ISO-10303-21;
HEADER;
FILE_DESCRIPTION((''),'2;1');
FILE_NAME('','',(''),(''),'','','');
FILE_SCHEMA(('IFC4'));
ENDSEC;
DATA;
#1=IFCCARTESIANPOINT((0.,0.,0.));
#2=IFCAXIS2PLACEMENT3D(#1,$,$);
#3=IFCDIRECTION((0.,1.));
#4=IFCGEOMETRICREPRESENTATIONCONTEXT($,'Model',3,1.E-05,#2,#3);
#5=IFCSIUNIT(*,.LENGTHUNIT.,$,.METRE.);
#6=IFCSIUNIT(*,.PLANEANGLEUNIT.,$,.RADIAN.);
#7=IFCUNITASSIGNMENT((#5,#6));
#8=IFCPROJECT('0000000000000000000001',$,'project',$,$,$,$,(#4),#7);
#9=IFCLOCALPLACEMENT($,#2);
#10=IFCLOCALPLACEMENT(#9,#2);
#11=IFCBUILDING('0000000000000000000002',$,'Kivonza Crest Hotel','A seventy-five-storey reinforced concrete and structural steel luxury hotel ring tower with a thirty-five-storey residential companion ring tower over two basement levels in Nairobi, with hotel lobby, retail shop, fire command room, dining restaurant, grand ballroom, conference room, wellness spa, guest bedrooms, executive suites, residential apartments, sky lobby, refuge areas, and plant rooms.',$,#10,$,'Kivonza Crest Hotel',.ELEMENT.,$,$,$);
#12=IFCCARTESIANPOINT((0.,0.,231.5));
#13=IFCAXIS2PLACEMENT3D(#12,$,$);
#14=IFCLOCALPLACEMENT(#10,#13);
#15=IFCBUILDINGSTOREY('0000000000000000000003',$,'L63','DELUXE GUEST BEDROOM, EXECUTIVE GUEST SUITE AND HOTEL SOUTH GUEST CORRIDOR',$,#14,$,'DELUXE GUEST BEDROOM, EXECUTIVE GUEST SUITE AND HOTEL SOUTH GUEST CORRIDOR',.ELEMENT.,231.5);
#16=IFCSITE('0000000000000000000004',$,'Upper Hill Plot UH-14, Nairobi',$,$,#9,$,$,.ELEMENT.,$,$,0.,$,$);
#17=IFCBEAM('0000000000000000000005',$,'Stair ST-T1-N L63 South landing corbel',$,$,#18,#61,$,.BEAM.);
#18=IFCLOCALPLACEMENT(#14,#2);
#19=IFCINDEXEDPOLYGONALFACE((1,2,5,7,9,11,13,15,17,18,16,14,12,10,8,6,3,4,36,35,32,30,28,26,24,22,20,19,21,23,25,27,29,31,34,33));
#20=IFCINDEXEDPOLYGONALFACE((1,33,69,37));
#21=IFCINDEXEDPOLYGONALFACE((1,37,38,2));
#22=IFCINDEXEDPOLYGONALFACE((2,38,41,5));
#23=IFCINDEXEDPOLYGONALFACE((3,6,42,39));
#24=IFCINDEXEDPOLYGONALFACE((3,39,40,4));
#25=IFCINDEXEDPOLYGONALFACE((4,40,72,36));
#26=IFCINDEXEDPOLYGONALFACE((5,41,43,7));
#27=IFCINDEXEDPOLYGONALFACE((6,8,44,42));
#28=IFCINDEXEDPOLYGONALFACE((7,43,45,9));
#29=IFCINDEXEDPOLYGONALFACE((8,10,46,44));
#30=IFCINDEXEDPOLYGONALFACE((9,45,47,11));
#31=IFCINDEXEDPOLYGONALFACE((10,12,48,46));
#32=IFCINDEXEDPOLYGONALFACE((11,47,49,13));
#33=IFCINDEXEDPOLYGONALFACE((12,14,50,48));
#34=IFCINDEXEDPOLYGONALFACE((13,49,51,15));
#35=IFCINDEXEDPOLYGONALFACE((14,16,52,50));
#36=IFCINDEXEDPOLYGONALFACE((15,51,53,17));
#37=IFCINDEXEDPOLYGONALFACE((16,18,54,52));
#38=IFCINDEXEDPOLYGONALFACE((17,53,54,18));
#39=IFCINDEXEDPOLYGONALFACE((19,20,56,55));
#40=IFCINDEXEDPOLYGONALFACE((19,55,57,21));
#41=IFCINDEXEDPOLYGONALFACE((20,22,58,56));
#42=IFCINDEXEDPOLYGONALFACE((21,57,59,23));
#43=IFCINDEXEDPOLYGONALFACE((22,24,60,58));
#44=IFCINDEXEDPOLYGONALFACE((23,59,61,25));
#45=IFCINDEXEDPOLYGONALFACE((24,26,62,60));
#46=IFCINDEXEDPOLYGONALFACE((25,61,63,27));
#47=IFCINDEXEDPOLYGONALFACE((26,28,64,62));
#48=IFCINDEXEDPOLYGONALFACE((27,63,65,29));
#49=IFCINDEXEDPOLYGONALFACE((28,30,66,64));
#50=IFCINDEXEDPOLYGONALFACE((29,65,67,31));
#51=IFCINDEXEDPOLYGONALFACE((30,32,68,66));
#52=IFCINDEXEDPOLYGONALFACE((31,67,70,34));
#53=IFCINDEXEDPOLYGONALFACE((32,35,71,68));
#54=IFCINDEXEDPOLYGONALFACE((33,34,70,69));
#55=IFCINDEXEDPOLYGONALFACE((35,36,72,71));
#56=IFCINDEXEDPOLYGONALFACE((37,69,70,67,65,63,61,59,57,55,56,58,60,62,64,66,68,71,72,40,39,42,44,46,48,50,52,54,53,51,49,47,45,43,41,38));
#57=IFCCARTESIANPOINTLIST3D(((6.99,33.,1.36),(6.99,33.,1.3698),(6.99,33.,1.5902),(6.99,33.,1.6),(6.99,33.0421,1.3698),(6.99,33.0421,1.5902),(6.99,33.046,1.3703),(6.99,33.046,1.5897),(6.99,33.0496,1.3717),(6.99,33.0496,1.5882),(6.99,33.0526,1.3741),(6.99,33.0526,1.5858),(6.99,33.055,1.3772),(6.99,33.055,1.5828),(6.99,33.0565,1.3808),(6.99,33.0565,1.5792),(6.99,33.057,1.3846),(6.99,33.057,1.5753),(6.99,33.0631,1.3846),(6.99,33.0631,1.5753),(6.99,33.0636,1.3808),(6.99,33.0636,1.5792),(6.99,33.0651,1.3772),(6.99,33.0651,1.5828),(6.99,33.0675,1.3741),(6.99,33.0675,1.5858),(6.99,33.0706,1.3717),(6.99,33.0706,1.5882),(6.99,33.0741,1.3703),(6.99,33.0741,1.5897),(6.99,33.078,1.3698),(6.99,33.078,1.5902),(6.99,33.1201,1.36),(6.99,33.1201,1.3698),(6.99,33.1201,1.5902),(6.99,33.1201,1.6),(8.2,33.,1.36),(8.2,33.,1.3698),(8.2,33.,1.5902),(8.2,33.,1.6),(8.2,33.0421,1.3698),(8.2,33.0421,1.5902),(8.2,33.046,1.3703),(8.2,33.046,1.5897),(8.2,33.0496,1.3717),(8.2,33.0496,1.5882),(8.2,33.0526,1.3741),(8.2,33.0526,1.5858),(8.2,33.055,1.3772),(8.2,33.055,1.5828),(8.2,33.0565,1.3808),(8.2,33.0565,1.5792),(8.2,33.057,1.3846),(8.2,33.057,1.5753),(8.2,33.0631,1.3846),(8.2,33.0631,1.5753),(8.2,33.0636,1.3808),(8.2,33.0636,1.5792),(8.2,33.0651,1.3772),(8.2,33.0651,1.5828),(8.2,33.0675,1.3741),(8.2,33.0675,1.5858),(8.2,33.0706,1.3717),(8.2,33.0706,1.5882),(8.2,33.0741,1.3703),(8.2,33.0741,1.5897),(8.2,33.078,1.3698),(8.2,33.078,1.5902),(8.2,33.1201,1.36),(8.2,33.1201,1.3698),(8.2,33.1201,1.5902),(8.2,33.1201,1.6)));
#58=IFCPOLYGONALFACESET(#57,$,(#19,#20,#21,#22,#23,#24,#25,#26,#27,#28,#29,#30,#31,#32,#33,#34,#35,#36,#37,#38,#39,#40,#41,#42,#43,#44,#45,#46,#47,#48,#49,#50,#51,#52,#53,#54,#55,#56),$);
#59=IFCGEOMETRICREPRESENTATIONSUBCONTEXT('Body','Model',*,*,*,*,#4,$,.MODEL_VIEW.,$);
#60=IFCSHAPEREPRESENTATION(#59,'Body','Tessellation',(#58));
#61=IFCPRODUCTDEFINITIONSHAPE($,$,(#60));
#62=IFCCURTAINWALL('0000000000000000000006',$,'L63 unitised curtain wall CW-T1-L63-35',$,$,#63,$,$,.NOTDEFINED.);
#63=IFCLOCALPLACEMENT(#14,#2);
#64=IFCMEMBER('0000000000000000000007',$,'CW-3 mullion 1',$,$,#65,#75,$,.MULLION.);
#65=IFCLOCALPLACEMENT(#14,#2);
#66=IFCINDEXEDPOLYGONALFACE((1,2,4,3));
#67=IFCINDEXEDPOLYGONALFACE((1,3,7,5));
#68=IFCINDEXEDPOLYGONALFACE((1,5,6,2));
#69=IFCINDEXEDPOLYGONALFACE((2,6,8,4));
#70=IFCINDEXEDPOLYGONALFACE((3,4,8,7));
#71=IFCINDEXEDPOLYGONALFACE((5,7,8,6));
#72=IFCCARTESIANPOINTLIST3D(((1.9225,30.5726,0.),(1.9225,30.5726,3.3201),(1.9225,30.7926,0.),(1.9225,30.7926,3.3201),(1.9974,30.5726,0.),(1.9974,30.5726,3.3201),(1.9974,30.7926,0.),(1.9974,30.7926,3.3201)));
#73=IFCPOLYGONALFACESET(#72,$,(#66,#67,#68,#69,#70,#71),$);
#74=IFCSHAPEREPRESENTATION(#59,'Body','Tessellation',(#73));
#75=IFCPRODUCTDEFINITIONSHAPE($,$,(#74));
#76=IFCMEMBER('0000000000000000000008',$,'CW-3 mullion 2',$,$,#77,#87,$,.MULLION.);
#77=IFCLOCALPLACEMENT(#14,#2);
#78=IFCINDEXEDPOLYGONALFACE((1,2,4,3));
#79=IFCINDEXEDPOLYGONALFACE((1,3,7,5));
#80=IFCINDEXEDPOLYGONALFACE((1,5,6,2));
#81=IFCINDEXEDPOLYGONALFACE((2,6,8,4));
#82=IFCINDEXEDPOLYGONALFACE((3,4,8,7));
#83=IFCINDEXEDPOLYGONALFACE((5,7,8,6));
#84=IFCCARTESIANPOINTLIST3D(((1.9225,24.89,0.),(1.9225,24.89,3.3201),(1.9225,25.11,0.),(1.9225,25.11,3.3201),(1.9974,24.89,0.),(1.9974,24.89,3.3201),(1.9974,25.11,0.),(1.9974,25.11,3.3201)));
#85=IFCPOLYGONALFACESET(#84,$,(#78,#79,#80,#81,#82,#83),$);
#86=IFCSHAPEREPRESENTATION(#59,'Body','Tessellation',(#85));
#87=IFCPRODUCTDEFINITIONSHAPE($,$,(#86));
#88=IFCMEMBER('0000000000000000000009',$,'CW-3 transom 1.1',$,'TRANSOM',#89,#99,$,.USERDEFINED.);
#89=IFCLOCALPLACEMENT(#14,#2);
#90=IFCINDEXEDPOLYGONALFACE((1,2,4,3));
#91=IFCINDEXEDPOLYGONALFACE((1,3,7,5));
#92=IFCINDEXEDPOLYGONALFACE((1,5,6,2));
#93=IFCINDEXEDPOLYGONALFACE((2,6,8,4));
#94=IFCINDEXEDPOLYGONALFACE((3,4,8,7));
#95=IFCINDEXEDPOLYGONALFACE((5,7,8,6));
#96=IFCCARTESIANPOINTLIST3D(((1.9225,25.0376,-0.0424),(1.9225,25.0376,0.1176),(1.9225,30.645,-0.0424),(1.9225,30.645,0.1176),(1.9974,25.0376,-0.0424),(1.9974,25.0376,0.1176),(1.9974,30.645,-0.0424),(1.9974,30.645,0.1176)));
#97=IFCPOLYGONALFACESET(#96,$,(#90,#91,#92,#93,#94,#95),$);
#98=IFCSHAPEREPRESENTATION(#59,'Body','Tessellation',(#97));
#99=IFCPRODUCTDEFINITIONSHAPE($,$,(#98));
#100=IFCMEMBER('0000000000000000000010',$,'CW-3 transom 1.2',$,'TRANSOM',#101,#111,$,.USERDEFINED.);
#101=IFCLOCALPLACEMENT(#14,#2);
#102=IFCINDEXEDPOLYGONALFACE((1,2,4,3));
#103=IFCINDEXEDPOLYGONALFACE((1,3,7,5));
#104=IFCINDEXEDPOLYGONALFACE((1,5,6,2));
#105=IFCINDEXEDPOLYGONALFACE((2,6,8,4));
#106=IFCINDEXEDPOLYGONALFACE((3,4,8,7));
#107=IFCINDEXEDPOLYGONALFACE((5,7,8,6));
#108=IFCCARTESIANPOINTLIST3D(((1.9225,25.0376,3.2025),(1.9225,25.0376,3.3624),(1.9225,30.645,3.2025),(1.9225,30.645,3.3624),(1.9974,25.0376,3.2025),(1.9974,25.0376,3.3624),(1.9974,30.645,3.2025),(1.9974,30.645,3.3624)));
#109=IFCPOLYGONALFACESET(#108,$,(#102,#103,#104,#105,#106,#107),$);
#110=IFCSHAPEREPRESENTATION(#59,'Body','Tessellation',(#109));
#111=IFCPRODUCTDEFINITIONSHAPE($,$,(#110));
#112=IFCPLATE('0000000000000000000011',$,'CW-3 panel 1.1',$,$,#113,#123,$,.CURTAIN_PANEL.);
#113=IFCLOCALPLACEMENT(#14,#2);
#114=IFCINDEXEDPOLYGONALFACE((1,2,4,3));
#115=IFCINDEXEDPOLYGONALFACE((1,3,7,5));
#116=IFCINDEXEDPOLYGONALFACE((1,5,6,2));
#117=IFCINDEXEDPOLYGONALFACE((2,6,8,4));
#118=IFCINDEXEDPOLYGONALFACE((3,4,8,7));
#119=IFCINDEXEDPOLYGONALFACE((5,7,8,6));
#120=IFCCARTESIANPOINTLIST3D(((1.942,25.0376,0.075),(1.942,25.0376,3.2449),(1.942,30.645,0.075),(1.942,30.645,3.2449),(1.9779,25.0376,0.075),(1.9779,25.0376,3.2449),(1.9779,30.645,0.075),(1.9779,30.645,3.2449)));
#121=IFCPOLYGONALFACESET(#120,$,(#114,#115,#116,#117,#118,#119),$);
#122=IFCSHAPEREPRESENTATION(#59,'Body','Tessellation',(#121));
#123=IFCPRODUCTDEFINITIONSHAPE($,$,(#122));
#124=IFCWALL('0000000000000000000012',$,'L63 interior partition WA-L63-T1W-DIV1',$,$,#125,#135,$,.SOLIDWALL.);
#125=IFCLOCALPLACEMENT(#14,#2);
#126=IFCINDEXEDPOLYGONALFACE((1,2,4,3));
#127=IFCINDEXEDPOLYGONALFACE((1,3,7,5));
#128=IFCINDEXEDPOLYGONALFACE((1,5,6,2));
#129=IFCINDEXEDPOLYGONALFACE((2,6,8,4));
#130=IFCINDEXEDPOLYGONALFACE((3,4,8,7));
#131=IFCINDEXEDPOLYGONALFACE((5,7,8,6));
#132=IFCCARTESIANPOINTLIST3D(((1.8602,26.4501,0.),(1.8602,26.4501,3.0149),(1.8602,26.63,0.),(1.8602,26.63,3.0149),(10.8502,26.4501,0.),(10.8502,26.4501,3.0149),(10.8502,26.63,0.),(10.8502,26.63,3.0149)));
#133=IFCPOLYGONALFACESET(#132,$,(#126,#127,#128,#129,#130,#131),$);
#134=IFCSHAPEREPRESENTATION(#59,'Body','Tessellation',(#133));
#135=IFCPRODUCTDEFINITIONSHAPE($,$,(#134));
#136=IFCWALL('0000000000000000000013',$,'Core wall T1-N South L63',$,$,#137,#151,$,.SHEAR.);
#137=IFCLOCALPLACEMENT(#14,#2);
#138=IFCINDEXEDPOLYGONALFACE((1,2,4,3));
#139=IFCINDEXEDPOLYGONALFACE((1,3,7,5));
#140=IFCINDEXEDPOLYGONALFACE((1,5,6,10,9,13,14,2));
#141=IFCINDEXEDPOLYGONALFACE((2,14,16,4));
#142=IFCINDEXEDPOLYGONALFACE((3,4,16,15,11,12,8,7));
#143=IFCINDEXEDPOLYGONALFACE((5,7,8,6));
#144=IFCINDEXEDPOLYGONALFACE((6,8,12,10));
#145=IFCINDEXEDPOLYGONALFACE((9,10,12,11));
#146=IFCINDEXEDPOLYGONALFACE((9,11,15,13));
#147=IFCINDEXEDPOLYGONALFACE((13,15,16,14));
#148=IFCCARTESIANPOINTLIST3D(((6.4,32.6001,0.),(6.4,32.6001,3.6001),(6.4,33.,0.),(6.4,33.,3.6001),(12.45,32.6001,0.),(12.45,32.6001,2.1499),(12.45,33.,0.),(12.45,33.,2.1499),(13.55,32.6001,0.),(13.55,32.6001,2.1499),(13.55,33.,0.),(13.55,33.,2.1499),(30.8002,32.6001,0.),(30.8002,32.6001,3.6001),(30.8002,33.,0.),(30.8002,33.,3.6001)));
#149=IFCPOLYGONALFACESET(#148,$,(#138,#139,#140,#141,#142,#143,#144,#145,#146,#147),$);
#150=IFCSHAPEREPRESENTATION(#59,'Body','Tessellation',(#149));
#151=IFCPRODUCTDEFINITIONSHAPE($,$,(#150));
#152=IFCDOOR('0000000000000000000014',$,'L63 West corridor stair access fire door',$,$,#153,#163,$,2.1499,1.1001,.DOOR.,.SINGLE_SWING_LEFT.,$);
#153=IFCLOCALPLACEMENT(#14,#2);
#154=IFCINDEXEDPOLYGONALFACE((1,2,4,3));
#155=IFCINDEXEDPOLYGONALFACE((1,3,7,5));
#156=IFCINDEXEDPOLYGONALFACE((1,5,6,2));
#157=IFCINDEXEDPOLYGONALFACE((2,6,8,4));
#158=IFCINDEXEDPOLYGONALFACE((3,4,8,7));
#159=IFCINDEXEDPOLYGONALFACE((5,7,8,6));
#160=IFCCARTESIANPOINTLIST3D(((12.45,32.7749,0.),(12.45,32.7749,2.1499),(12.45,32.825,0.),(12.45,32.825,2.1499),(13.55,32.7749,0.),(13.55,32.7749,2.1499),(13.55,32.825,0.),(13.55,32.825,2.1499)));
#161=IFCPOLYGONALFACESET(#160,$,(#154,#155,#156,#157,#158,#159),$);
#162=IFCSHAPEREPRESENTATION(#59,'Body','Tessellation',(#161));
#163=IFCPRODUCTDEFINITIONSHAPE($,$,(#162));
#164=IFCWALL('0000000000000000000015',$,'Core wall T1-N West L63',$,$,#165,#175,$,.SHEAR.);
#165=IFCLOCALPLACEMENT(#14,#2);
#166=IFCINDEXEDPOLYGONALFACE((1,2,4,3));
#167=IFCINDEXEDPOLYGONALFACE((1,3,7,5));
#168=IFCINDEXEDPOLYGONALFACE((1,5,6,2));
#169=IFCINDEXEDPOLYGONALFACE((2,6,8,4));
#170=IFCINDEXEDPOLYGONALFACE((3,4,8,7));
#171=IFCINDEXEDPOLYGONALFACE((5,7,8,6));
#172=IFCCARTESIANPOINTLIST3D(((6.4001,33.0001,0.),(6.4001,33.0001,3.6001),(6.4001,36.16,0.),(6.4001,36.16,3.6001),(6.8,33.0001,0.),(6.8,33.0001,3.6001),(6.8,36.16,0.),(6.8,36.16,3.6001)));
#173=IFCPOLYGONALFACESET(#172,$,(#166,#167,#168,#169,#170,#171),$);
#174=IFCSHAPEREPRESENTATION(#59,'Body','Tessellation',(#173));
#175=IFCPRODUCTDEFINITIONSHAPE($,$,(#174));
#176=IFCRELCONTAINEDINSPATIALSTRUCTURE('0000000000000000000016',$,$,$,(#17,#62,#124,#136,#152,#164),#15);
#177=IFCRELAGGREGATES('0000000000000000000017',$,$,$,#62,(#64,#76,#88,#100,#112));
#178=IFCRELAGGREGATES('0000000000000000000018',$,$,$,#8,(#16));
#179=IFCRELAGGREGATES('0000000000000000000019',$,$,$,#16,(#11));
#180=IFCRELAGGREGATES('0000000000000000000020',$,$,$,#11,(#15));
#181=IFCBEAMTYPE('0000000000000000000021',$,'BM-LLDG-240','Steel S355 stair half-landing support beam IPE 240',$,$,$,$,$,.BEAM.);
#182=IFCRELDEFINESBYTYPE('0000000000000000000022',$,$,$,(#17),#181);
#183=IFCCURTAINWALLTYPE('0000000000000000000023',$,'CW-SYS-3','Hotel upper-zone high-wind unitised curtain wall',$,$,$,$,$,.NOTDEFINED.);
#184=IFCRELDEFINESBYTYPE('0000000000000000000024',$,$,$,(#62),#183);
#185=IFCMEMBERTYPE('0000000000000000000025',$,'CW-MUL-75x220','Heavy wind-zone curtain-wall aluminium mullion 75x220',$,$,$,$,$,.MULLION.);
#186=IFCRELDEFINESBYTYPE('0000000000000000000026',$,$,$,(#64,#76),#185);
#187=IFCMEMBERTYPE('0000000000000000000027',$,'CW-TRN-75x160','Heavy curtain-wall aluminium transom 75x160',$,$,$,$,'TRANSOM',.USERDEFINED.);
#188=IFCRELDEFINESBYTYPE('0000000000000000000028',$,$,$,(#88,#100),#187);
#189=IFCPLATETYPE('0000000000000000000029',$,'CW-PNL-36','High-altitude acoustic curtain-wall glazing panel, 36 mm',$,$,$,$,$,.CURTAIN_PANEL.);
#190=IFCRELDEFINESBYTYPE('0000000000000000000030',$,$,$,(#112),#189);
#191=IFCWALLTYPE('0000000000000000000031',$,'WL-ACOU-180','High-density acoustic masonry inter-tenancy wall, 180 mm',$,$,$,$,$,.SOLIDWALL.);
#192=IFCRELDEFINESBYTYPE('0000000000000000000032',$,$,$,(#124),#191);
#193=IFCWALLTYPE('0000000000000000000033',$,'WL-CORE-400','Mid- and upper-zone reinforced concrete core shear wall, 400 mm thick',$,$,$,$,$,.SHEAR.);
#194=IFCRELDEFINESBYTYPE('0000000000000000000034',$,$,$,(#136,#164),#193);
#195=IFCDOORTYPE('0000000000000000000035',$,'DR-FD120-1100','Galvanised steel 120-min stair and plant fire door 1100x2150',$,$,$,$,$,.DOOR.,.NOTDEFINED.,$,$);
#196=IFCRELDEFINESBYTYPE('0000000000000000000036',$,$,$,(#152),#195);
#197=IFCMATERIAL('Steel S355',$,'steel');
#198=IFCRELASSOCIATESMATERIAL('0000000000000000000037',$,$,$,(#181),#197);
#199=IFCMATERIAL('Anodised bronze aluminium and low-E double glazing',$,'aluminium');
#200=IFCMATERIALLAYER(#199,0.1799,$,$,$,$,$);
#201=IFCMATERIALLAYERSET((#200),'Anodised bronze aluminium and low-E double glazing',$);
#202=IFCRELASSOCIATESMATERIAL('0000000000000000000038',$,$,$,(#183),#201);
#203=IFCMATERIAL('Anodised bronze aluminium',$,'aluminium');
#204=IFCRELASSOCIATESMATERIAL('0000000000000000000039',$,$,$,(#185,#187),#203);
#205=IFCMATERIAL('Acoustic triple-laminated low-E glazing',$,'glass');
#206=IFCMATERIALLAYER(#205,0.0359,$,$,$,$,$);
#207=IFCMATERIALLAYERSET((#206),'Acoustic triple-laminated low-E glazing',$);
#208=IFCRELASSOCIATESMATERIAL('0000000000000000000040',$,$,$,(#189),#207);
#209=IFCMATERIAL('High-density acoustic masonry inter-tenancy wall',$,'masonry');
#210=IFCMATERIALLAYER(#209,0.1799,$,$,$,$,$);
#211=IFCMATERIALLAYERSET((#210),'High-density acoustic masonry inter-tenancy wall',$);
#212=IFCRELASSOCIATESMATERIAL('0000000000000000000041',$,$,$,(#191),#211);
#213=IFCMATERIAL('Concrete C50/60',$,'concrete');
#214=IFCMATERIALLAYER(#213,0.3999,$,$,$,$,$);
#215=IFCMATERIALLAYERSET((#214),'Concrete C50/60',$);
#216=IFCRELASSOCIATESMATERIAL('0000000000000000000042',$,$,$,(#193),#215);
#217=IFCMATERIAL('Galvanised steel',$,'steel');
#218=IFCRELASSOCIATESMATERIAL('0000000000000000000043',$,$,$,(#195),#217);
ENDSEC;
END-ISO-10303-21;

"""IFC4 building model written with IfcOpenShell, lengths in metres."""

from ifc_helpers import new_model, si_unit, direction, frame, frame_2d, origin, origin_2d, place, context, subcontext, project, spatial, rectangle, i_section, extrude, material, layer, layer_set, material_profile, profile_set, type_object, element, fill, aggregate, save


model = new_model("IFC4")

# Units and contexts
model_context = context("Model", 3, precision=1e-05, world=origin(), true_north=direction((0.0, 1.0)))
body_context = subcontext(model_context, "Body", "Model", "MODEL_VIEW")
ifc_project = project(units=[si_unit("LENGTHUNIT", "METRE"), si_unit("PLANEANGLEUNIT", "RADIAN")], contexts=[model_context])

# Site, building, storey
site_placement = place(None, origin())
site = spatial("IfcSite", under=ifc_project, at=site_placement, Name="Upper Hill Plot UH-14, Nairobi", CompositionType="ELEMENT", RefElevation=0.0)
building_placement = place(site_placement, origin())
building = spatial("IfcBuilding", under=site, at=building_placement, Name="Kivonza Crest Hotel", Description="A seventy-five-storey reinforced concrete and structural steel luxury hotel ring tower with a thirty-five-storey residential companion ring tower over two basement levels in Nairobi, with hotel lobby, retail shop, fire command room, dining restaurant, grand ballroom, conference room, wellness spa, guest bedrooms, executive suites, residential apartments, sky lobby, refuge areas, and plant rooms.", LongName="Kivonza Crest Hotel", CompositionType="ELEMENT")
storey_placement = place(building_placement, frame((0.0, 0.0, 231.5)))
storey = spatial("IfcBuildingStorey", under=building, at=storey_placement, Name="L63", Description="DELUXE GUEST BEDROOM, EXECUTIVE GUEST SUITE AND HOTEL SOUTH GUEST CORRIDOR", LongName="DELUXE GUEST BEDROOM, EXECUTIVE GUEST SUITE AND HOTEL SOUTH GUEST CORRIDOR", CompositionType="ELEMENT", Elevation=231.5)

# Shared definitions
ifc_material_1 = material(Name="Concrete C50/60", Category="concrete")

# Beam
ifc_material_2 = material(Name="Steel S355", Category="steel")
ifc_material_profile_1 = material_profile(ifc_material_2, i_section(OverallWidth=0.1201, OverallDepth=0.24, WebThickness=0.0061, FlangeThickness=0.0098, FilletRadius=0.0149, at=origin_2d()), Name="IPE 240")
ifc_profile_set_1 = profile_set([ifc_material_profile_1], Name="Steel S355")
beam_type_1 = type_object("IfcBeamType", Name="BM-LLDG-240", Description="Steel S355 stair half-landing support beam IPE 240", PredefinedType="BEAM", material=ifc_profile_set_1)
beam_1_placement = place(storey_placement, frame((6.99, 33.0601, 1.48), z_axis=(1.0, 0.0, 0.0), x_axis=(0.0, 1.0, 0.0)))
element("IfcBeam", 1, at=beam_1_placement, inside=storey, type_object=beam_type_1, Name="Stair ST-T1-N L63 South landing corbel", PredefinedType="BEAM", context=body_context, shape_type="SweptSolid", body=[
    extrude(i_section(OverallWidth=0.1201, OverallDepth=0.24, WebThickness=0.0061, FlangeThickness=0.0098, FilletRadius=0.0149, at=origin_2d()), origin(), (0.0, 0.0, 1.0), 1.21),
])

# Curtain wall, members, plate
ifc_material_3 = material(Name="Anodised bronze aluminium and low-E double glazing", Category="aluminium")
ifc_layer_1 = layer(ifc_material_3, 0.1799)
ifc_layer_set_1 = layer_set([ifc_layer_1], Name="Anodised bronze aluminium and low-E double glazing")
curtain_wall_type = type_object("IfcCurtainWallType", Name="CW-SYS-3", Description="Hotel upper-zone high-wind unitised curtain wall", PredefinedType="NOTDEFINED", material=ifc_layer_set_1)
curtain_wall_placement = place(storey_placement, origin())
curtain_wall = element("IfcCurtainWall", 2, at=curtain_wall_placement, inside=storey, type_object=curtain_wall_type, Name="L63 unitised curtain wall CW-T1-L63-35", PredefinedType="NOTDEFINED")
ifc_material_4 = material(Name="Anodised bronze aluminium", Category="aluminium")
ifc_material_profile_2 = material_profile(ifc_material_4, rectangle(XDim=0.075, YDim=0.22, at=origin_2d()), Name="CW-M 75x220")
ifc_profile_set_2 = profile_set([ifc_material_profile_2], Name="Anodised bronze aluminium")
member_type_1 = type_object("IfcMemberType", Name="CW-MUL-75x220", Description="Heavy wind-zone curtain-wall aluminium mullion 75x220", PredefinedType="MULLION", material=ifc_profile_set_2)
member_1_placement = place(storey_placement, frame((1.96, 30.6826, 0.0), z_axis=(0.0, 0.0, 1.0), x_axis=(1.0, 0.0, 0.0)))
member_1 = element("IfcMember", 3, at=member_1_placement, type_object=member_type_1, Name="CW-3 mullion 1", PredefinedType="MULLION", context=body_context, shape_type="SweptSolid", body=[
    extrude(rectangle(XDim=0.075, YDim=0.22, at=origin_2d()), origin(), (0.0, 0.0, 1.0), 3.3201),
])
member_2_placement = place(storey_placement, frame((1.96, 25.0, 0.0), z_axis=(0.0, 0.0, 1.0), x_axis=(1.0, 0.0, 0.0)))
member_2 = element("IfcMember", 4, at=member_2_placement, type_object=member_type_1, Name="CW-3 mullion 2", PredefinedType="MULLION", context=body_context, shape_type="SweptSolid", body=[
    extrude(rectangle(XDim=0.075, YDim=0.22, at=origin_2d()), origin(), (0.0, 0.0, 1.0), 3.3201),
])
ifc_material_profile_3 = material_profile(ifc_material_4, rectangle(XDim=0.075, YDim=0.1599, at=origin_2d()), Name="CW-T 75x160")
ifc_profile_set_3 = profile_set([ifc_material_profile_3], Name="Anodised bronze aluminium")
member_type_2 = type_object("IfcMemberType", Name="CW-TRN-75x160", Description="Heavy curtain-wall aluminium transom 75x160", ElementType="TRANSOM", PredefinedType="USERDEFINED", material=ifc_profile_set_3)
member_3_placement = place(storey_placement, frame((1.96, 30.645, 0.0376), z_axis=(0.0, -1.0, 0.0), x_axis=(1.0, 0.0, 0.0)))
member_3 = element("IfcMember", 5, at=member_3_placement, type_object=member_type_2, Name="CW-3 transom 1.1", ObjectType="TRANSOM", PredefinedType="USERDEFINED", context=body_context, shape_type="SweptSolid", body=[
    extrude(rectangle(XDim=0.075, YDim=0.1599, at=origin_2d()), origin(), (0.0, 0.0, 1.0), 5.6074),
])
member_4_placement = place(storey_placement, frame((1.96, 30.645, 3.2825), z_axis=(0.0, -1.0, 0.0), x_axis=(1.0, 0.0, 0.0)))
member_4 = element("IfcMember", 6, at=member_4_placement, type_object=member_type_2, Name="CW-3 transom 1.2", ObjectType="TRANSOM", PredefinedType="USERDEFINED", context=body_context, shape_type="SweptSolid", body=[
    extrude(rectangle(XDim=0.075, YDim=0.1599, at=origin_2d()), origin(), (0.0, 0.0, 1.0), 5.6074),
])
ifc_material_5 = material(Name="Acoustic triple-laminated low-E glazing", Category="glass")
ifc_layer_2 = layer(ifc_material_5, 0.0359)
ifc_layer_set_2 = layer_set([ifc_layer_2], Name="Acoustic triple-laminated low-E glazing")
plate_type = type_object("IfcPlateType", Name="CW-PNL-36", Description="High-altitude acoustic curtain-wall glazing panel, 36 mm", PredefinedType="CURTAIN_PANEL", material=ifc_layer_set_2)
plate_placement = place(storey_placement, frame((1.96, 27.8413, 0.075), z_axis=(0.0, 0.0, 1.0), x_axis=(0.0, -1.0, 0.0)))
plate = element("IfcPlate", 7, at=plate_placement, type_object=plate_type, Name="CW-3 panel 1.1", PredefinedType="CURTAIN_PANEL", context=body_context, shape_type="SweptSolid", body=[
    extrude(rectangle(XDim=5.6074, YDim=0.0359, at=origin_2d()), origin(), (0.0, 0.0, 1.0), 3.1699),
])
aggregate(curtain_wall, [member_1, member_2, member_3, member_4, plate])

# Wall
ifc_material_6 = material(Name="High-density acoustic masonry inter-tenancy wall", Category="masonry")
ifc_layer_3 = layer(ifc_material_6, 0.1799)
ifc_layer_set_3 = layer_set([ifc_layer_3], Name="High-density acoustic masonry inter-tenancy wall")
wall_type_1 = type_object("IfcWallType", Name="WL-ACOU-180", Description="High-density acoustic masonry inter-tenancy wall, 180 mm", PredefinedType="SOLIDWALL", material=ifc_layer_set_3)
wall_1_placement = place(storey_placement, frame((1.8601, 26.54, 0.0), z_axis=(0.0, 0.0, 1.0), x_axis=(1.0, 0.0, 0.0)))
element("IfcWall", 8, at=wall_1_placement, inside=storey, type_object=wall_type_1, Name="L63 interior partition WA-L63-T1W-DIV1", PredefinedType="SOLIDWALL", context=body_context, shape_type="SweptSolid", body=[
    extrude(rectangle(XDim=8.99, YDim=0.1799, at=frame_2d((4.4951, 0.0))), origin(), (0.0, 0.0, 1.0), 3.0149),
])

# Wall, opening, door
ifc_layer_4 = layer(ifc_material_1, 0.3999)
ifc_layer_set_4 = layer_set([ifc_layer_4], Name="Concrete C50/60")
wall_type_2 = type_object("IfcWallType", Name="WL-CORE-400", Description="Mid- and upper-zone reinforced concrete core shear wall, 400 mm thick", PredefinedType="SHEAR", material=ifc_layer_set_4)
wall_2_placement = place(storey_placement, frame((6.3999, 32.8, 0.0), z_axis=(0.0, 0.0, 1.0), x_axis=(1.0, 0.0, 0.0)))
wall_2 = element("IfcWall", 9, at=wall_2_placement, inside=storey, type_object=wall_type_2, Name="Core wall T1-N South L63", PredefinedType="SHEAR", context=body_context, shape_type="SweptSolid", body=[
    extrude(rectangle(XDim=24.4001, YDim=0.3999, at=frame_2d((12.2002, 0.0))), origin(), (0.0, 0.0, 1.0), 3.6001),
])
opening_placement = place(wall_2_placement, frame((6.05, 0.0, 0.0)))
opening = element("IfcOpeningElement", 10, at=opening_placement, cuts=wall_2, PredefinedType="OPENING", context=body_context, shape_type="SweptSolid", body=[
    extrude(rectangle(XDim=1.1001, YDim=2.1499, at=frame_2d((0.55, 1.075))), frame((0.0, 0.21, 0.0), z_axis=(0.0, -1.0, 0.0), x_axis=(1.0, 0.0, 0.0)), (0.0, 0.0, 1.0), 0.4199),
])
ifc_material_7 = material(Name="Galvanised steel", Category="steel")
door_type = type_object("IfcDoorType", Name="DR-FD120-1100", Description="Galvanised steel 120-min stair and plant fire door 1100x2150", OperationType="NOTDEFINED", PredefinedType="DOOR", material=ifc_material_7)
door_placement = place(opening_placement, origin())
door = element("IfcDoor", 11, at=door_placement, inside=storey, type_object=door_type, Name="L63 West corridor stair access fire door", OperationType="SINGLE_SWING_LEFT", OverallHeight=2.1499, OverallWidth=1.1001, PredefinedType="DOOR", context=body_context, shape_type="SweptSolid", body=[
    extrude(rectangle(XDim=1.1001, YDim=2.1499, at=frame_2d((0.55, 1.075))), frame((0.0, 0.0249, 0.0), z_axis=(0.0, -1.0, 0.0), x_axis=(1.0, 0.0, 0.0)), (0.0, 0.0, 1.0), 0.05),
])
fill(opening, door)

# Wall
wall_3_placement = place(storey_placement, frame((6.6001, 33.0, 0.0), z_axis=(0.0, 0.0, 1.0), x_axis=(0.0, 1.0, 0.0)))
element("IfcWall", 12, at=wall_3_placement, inside=storey, type_object=wall_type_2, Name="Core wall T1-N West L63", PredefinedType="SHEAR", context=body_context, shape_type="SweptSolid", body=[
    extrude(rectangle(XDim=3.1599, YDim=0.3999, at=frame_2d((1.5801, 0.0))), origin(), (0.0, 0.0, 1.0), 3.6001),
])

save(model, "model.ifc")
